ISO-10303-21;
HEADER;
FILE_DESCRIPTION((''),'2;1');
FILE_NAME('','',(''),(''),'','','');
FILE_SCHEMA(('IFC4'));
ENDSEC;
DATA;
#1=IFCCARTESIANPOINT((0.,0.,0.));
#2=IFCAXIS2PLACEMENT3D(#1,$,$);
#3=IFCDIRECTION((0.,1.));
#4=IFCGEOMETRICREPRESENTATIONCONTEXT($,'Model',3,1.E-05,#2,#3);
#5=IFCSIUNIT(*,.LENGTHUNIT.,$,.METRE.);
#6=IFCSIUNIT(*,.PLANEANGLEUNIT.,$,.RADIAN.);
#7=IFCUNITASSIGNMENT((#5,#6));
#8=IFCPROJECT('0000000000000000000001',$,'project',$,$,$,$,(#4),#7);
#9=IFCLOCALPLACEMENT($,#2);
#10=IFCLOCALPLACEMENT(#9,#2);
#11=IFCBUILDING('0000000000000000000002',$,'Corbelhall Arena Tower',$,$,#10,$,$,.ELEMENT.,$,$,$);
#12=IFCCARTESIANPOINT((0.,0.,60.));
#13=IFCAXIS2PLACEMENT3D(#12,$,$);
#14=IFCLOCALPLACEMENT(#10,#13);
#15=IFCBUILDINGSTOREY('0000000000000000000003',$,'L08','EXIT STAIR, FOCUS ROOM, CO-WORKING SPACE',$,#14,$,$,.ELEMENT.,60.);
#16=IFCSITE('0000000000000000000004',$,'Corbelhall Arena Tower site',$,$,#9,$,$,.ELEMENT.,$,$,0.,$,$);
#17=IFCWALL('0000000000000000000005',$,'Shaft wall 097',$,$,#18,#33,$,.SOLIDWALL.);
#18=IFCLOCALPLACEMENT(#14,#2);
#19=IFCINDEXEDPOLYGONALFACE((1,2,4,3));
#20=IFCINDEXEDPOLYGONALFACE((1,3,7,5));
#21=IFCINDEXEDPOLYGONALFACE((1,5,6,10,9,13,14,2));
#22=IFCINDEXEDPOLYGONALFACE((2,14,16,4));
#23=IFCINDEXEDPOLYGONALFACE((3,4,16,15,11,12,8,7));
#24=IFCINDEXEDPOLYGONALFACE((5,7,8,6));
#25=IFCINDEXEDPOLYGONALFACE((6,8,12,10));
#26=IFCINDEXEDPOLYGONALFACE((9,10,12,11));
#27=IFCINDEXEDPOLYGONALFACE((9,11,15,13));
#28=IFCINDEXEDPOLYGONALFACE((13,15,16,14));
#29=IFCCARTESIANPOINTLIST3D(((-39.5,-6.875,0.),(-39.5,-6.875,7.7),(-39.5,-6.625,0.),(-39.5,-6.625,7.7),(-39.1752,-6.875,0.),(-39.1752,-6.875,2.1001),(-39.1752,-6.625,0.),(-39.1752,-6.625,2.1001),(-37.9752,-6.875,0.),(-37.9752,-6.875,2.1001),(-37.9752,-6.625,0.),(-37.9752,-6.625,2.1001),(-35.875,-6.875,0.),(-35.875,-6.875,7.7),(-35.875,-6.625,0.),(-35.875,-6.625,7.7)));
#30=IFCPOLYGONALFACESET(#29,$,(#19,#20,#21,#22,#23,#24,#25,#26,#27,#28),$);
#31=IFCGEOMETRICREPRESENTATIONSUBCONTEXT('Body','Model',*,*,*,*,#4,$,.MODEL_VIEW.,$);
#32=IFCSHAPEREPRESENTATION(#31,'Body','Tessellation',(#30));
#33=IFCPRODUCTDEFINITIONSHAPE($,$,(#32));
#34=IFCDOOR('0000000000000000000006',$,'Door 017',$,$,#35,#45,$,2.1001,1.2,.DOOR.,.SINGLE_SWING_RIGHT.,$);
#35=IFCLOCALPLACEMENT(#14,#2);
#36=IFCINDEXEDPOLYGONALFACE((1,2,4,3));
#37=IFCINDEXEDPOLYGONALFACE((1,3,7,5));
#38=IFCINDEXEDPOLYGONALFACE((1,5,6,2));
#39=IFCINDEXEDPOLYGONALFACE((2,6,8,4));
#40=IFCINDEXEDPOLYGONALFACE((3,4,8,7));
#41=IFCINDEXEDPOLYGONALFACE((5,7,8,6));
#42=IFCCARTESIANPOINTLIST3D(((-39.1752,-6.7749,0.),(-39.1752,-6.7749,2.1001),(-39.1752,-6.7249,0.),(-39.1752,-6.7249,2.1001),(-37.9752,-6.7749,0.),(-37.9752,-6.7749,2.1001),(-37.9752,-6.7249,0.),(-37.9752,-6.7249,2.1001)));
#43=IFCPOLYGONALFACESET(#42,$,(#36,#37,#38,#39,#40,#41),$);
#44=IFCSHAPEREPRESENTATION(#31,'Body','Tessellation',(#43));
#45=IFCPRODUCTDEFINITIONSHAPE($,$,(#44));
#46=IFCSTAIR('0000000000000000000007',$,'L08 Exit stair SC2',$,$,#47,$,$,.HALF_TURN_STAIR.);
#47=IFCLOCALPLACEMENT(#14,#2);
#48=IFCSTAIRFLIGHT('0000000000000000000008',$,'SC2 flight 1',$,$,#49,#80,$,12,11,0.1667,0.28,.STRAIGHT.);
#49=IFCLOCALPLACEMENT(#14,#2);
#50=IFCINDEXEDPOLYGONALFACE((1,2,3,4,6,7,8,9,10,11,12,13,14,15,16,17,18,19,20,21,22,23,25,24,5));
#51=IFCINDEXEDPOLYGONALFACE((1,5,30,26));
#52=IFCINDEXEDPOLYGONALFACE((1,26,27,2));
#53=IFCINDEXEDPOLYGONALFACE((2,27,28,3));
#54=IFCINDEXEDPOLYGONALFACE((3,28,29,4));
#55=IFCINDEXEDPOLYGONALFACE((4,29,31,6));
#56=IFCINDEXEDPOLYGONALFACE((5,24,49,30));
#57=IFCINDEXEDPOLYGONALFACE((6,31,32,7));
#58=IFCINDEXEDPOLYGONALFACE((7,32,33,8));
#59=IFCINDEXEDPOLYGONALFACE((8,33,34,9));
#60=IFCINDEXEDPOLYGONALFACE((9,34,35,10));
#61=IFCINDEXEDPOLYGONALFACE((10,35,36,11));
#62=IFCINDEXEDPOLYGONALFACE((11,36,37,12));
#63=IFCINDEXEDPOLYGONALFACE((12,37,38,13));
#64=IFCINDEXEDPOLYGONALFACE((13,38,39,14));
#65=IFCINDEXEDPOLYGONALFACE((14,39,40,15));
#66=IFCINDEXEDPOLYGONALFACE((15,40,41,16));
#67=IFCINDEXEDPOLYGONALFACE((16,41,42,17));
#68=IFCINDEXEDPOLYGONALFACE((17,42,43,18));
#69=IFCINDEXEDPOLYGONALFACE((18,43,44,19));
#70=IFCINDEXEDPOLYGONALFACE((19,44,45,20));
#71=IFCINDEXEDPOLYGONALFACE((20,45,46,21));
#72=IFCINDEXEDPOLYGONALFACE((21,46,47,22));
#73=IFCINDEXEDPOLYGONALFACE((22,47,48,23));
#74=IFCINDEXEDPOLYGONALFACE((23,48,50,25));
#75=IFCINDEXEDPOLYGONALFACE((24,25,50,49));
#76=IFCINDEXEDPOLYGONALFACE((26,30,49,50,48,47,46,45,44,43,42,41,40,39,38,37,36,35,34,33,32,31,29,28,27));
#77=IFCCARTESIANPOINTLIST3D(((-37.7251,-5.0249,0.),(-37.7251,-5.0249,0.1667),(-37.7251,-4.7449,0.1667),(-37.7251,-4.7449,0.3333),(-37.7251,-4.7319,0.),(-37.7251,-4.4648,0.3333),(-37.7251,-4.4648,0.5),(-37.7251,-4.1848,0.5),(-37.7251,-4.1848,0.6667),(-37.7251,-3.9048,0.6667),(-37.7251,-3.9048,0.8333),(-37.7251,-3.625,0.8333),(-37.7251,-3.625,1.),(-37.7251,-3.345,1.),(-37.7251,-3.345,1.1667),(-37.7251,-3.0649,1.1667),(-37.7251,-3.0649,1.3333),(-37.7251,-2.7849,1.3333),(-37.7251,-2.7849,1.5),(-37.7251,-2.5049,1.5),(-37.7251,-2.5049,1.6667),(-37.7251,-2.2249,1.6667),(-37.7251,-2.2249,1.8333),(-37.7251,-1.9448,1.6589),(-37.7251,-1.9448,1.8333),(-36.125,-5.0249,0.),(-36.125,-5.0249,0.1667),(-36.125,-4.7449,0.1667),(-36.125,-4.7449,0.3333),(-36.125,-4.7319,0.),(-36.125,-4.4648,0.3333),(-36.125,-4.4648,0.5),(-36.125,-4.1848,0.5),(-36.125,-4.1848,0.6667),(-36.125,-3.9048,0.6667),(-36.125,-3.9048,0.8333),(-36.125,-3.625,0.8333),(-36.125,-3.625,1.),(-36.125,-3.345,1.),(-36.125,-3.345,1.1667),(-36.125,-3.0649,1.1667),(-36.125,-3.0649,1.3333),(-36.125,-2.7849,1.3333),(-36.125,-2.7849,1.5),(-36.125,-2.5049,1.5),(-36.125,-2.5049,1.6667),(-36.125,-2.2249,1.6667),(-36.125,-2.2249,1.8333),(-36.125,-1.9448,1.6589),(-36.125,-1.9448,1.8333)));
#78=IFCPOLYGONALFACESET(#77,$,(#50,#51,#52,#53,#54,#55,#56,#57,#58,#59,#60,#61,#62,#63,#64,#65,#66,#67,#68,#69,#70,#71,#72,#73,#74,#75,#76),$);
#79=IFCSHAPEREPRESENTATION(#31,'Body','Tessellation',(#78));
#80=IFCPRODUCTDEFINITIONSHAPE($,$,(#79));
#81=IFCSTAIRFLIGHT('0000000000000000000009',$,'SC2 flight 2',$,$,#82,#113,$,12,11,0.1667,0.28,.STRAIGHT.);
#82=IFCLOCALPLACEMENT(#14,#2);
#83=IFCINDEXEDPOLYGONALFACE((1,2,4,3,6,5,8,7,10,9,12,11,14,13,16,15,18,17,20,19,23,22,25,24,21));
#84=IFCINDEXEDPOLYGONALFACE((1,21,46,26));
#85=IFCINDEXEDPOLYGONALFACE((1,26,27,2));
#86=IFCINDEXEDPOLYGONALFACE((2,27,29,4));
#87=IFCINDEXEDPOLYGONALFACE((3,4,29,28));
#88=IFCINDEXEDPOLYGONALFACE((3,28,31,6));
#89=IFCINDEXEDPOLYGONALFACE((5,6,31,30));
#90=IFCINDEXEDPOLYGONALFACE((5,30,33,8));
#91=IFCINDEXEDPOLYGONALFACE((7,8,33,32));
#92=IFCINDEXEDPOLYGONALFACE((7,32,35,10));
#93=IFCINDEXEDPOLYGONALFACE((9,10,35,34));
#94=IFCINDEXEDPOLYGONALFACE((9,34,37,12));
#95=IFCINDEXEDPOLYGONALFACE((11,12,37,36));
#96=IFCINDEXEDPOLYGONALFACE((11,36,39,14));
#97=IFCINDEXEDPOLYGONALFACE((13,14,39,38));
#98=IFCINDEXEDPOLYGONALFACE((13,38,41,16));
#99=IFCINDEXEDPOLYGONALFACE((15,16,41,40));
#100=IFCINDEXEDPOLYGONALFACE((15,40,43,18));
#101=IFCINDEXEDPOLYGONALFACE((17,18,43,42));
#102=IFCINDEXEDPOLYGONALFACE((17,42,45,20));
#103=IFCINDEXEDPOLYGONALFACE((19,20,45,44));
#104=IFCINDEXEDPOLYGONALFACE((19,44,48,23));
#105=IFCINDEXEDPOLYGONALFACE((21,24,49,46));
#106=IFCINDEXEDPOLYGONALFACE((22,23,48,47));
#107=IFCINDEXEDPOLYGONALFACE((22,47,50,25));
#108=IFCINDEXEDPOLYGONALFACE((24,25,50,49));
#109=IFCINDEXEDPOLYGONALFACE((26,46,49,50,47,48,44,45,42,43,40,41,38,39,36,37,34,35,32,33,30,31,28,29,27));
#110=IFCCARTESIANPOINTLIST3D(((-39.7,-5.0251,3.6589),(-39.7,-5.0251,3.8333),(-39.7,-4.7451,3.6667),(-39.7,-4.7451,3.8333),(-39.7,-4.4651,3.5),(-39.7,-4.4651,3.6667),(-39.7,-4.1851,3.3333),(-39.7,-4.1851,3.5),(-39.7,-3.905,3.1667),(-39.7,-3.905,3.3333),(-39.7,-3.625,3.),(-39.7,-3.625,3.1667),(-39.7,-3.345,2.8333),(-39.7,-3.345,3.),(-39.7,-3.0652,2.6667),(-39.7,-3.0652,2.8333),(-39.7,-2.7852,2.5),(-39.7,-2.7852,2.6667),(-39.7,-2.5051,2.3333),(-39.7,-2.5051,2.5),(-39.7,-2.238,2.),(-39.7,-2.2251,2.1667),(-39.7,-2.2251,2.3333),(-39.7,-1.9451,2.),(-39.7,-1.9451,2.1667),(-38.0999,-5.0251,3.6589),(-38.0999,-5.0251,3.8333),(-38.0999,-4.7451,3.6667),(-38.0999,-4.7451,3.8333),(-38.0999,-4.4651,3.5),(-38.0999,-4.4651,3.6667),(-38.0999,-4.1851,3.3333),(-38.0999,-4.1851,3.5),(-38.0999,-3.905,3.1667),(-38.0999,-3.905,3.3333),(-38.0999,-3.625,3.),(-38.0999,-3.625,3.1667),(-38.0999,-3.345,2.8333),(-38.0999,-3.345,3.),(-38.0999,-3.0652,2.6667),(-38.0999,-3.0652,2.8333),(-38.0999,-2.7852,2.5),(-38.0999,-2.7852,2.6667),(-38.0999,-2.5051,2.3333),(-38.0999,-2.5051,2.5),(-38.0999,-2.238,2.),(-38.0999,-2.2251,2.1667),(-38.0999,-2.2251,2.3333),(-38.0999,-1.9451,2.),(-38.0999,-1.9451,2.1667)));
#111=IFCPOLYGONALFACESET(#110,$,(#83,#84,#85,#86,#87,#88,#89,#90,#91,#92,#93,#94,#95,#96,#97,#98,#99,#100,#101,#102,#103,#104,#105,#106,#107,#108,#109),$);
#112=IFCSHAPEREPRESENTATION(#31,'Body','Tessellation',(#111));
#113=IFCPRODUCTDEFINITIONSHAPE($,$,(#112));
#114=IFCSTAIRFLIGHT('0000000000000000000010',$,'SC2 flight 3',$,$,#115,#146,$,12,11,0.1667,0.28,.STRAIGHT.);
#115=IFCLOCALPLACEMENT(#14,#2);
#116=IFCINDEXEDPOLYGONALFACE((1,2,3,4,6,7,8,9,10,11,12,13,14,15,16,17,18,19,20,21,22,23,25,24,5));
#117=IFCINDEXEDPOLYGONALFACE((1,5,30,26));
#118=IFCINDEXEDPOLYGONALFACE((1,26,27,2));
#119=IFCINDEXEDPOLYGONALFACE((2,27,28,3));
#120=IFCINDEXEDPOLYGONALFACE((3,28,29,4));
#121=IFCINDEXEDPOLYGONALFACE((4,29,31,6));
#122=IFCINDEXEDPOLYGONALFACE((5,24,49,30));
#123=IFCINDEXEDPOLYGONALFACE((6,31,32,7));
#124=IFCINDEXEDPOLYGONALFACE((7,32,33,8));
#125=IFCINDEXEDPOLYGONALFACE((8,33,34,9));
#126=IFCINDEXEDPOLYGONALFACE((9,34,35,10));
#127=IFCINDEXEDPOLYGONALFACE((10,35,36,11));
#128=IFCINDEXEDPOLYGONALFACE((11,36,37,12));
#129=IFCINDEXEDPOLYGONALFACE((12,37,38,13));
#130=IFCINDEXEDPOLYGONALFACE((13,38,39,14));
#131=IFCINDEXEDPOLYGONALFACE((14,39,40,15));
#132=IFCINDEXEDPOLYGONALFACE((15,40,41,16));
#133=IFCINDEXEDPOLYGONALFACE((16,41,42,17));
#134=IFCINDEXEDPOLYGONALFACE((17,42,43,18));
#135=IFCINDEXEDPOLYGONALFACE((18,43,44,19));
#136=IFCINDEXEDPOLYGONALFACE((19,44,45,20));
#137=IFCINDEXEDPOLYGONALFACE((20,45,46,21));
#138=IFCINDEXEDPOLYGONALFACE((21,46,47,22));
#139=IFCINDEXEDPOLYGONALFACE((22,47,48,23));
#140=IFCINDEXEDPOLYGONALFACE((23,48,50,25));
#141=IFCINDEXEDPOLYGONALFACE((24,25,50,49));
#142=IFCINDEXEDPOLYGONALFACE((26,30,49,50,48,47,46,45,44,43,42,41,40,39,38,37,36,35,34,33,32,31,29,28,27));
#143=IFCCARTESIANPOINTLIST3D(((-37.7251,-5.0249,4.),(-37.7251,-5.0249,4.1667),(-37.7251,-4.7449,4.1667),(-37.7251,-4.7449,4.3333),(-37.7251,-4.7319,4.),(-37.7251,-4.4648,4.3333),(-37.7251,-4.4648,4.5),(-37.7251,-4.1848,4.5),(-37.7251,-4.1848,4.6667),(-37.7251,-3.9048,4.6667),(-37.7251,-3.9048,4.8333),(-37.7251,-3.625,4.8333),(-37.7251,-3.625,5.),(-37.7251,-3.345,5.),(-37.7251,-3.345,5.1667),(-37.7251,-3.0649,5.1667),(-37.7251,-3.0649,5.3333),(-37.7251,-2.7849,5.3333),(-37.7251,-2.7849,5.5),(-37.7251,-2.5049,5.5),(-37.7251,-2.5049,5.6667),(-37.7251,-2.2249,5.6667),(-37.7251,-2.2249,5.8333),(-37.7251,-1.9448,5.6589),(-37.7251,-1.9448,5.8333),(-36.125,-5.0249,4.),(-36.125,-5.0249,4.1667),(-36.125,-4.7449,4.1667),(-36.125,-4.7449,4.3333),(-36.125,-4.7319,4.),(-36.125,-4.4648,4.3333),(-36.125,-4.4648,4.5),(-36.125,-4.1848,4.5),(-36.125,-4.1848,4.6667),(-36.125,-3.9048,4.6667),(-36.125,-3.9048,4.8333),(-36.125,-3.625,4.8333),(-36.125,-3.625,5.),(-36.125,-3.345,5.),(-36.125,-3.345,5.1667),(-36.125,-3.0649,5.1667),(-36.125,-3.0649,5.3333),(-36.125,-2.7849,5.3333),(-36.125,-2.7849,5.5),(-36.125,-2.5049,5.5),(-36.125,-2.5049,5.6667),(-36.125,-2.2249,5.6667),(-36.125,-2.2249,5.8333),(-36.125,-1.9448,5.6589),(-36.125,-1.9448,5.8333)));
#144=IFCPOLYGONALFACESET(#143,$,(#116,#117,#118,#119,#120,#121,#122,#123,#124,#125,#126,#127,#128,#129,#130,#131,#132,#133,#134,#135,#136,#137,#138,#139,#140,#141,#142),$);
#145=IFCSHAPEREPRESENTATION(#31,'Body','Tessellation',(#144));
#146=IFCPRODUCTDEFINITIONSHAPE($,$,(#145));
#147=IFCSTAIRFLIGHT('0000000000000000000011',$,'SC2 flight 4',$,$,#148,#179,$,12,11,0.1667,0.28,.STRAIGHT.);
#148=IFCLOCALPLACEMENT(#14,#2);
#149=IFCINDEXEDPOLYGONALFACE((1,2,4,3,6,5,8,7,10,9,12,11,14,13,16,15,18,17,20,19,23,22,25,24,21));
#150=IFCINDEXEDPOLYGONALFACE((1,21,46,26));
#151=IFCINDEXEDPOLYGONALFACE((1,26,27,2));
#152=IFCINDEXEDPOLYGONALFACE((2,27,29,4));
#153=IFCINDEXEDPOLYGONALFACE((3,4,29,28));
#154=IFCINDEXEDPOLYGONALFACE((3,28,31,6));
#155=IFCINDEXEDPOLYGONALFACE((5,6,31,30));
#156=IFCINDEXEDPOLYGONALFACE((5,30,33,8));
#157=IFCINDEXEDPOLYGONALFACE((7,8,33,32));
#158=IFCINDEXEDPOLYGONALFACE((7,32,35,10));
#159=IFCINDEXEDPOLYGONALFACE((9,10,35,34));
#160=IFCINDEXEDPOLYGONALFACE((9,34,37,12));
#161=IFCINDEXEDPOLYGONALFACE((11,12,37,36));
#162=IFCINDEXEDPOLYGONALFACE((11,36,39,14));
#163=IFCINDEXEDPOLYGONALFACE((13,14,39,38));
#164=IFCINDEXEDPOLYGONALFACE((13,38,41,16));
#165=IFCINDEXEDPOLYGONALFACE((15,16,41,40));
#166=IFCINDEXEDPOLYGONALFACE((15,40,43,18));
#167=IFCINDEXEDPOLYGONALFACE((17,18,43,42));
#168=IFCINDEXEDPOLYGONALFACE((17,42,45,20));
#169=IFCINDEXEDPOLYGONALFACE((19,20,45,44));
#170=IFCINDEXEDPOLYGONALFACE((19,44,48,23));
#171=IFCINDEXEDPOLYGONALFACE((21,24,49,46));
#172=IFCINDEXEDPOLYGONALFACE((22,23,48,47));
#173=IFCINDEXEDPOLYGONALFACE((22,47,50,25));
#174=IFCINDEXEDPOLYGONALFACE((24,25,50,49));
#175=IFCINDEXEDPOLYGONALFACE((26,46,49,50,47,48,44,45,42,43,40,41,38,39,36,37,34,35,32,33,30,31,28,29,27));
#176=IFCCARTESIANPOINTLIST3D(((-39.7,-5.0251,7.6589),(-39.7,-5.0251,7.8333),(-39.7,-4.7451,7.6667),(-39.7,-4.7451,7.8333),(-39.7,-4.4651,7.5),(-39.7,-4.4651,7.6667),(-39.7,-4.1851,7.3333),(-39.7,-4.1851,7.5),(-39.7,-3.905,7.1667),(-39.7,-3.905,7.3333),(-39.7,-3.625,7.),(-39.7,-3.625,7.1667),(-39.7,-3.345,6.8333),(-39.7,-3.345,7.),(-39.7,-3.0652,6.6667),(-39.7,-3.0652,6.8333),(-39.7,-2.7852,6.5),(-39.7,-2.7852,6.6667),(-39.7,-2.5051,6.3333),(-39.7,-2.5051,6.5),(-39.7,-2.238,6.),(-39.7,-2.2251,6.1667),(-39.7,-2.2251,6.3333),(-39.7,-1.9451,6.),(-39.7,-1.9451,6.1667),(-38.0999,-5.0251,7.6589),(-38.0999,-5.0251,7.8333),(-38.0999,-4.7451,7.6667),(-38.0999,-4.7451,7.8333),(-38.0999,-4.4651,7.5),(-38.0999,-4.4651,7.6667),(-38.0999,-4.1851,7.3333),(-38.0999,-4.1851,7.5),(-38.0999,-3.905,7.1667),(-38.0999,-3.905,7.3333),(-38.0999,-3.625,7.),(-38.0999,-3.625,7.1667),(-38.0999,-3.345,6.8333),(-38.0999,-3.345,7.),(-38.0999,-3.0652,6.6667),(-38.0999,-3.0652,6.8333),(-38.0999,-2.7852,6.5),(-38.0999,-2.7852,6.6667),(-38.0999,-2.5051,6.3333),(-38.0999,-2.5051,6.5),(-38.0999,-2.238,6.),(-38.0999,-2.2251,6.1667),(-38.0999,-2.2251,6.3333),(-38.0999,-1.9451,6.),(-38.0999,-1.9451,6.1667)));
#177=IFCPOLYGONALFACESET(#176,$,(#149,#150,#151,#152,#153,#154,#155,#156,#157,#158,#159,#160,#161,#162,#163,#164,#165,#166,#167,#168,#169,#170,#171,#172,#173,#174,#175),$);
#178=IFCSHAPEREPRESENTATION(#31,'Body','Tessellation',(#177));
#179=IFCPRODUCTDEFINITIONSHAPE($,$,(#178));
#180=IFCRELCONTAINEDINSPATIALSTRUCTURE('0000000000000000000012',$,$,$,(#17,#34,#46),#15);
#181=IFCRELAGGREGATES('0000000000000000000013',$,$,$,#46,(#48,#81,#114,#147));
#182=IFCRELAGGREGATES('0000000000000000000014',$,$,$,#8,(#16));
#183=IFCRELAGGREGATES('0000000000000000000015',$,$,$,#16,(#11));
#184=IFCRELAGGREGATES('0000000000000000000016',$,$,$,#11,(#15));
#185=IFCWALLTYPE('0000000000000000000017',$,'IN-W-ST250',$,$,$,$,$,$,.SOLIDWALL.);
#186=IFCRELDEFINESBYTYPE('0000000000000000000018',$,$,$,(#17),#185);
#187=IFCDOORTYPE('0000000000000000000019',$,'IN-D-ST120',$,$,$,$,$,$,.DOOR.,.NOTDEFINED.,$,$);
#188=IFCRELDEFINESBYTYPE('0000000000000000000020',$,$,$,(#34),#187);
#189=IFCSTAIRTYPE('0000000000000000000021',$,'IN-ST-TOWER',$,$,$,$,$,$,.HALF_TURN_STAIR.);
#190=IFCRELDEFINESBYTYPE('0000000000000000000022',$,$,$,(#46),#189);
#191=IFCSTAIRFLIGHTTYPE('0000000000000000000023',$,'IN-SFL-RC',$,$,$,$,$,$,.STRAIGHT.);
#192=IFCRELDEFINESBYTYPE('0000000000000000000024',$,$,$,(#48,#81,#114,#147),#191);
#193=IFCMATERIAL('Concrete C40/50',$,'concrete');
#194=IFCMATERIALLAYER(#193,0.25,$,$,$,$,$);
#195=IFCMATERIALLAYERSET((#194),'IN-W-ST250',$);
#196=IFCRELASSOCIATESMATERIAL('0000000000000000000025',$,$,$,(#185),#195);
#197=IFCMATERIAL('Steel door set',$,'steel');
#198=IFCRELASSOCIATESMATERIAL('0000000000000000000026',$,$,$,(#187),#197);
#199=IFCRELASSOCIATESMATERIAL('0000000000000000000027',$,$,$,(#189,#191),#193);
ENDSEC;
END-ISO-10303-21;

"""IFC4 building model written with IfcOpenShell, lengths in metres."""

from ifc_helpers import new_model, si_unit, direction, frame, frame_2d, origin, place, context, subcontext, project, spatial, polyline, rectangle, outline, extrude, material, layer, layer_set, type_object, element, fill, aggregate, save


model = new_model("IFC4")

# Units and contexts
model_context = context("Model", 3, precision=1e-05, world=origin(), true_north=direction((0.0, 1.0)))
body_context = subcontext(model_context, "Body", "Model", "MODEL_VIEW")
ifc_project = project(units=[si_unit("LENGTHUNIT", "METRE"), si_unit("PLANEANGLEUNIT", "RADIAN")], contexts=[model_context])

# Site, building, storey
site_placement = place(None, origin())
site = spatial("IfcSite", under=ifc_project, at=site_placement, Name="Corbelhall Arena Tower site", CompositionType="ELEMENT", RefElevation=0.0)
building_placement = place(site_placement, origin())
building = spatial("IfcBuilding", under=site, at=building_placement, Name="Corbelhall Arena Tower", CompositionType="ELEMENT")
storey_placement = place(building_placement, frame((0.0, 0.0, 60.0)))
storey = spatial("IfcBuildingStorey", under=building, at=storey_placement, Name="L08", Description="EXIT STAIR, FOCUS ROOM, CO-WORKING SPACE", CompositionType="ELEMENT", Elevation=60.0)

# Shared definitions
ifc_material_1 = material(Name="Concrete C40/50", Category="concrete")

# Wall, opening, door
ifc_layer_1 = layer(ifc_material_1, 0.25)
ifc_layer_set_1 = layer_set([ifc_layer_1], Name="IN-W-ST250")
wall_type_1 = type_object("IfcWallType", Name="IN-W-ST250", PredefinedType="SOLIDWALL", material=ifc_layer_set_1)
wall_1_placement = place(storey_placement, frame((-35.875, -6.75, 0.0), z_axis=(0.0, 0.0, 1.0), x_axis=(-1.0, 0.0, 0.0)))
wall_1 = element("IfcWall", 1, at=wall_1_placement, inside=storey, type_object=wall_type_1, Name="Shaft wall 097", PredefinedType="SOLIDWALL", context=body_context, shape_type="SweptSolid", body=[
    extrude(rectangle(XDim=3.625, YDim=0.25, at=frame_2d((1.8125, 0.0))), origin(), (0.0, 0.0, 1.0), 7.7),
])
opening_placement = place(wall_1_placement, frame((2.1001, 0.0, 0.0)))
opening = element("IfcOpeningElement", 2, at=opening_placement, cuts=wall_1, PredefinedType="OPENING", context=body_context, shape_type="SweptSolid", body=[
    extrude(rectangle(XDim=1.2, YDim=2.1001, at=frame_2d((0.6001, 1.05))), frame((0.0, 0.125, 0.0), z_axis=(0.0, -1.0, 0.0), x_axis=(1.0, 0.0, 0.0)), (0.0, 0.0, 1.0), 0.25),
])
ifc_material_2 = material(Name="Steel door set", Category="steel")
door_type = type_object("IfcDoorType", Name="IN-D-ST120", OperationType="NOTDEFINED", PredefinedType="DOOR", material=ifc_material_2)
door_placement = place(opening_placement, origin())
door = element("IfcDoor", 3, at=door_placement, inside=storey, type_object=door_type, Name="Door 017", OperationType="SINGLE_SWING_RIGHT", OverallHeight=2.1001, OverallWidth=1.2, PredefinedType="DOOR", context=body_context, shape_type="SweptSolid", body=[
    extrude(rectangle(XDim=1.2, YDim=2.1001, at=frame_2d((0.6001, 1.05))), frame((0.0, 0.0249, 0.0), z_axis=(0.0, -1.0, 0.0), x_axis=(1.0, 0.0, 0.0)), (0.0, 0.0, 1.0), 0.05),
])
fill(opening, door)

# Stair, stair flights
stair_type = type_object("IfcStairType", Name="IN-ST-TOWER", PredefinedType="HALF_TURN_STAIR", material=ifc_material_1)
stair_placement = place(storey_placement, origin())
stair = element("IfcStair", 4, at=stair_placement, inside=storey, type_object=stair_type, Name="L08 Exit stair SC2", PredefinedType="HALF_TURN_STAIR")
stair_flight_type = type_object("IfcStairFlightType", Name="IN-SFL-RC", PredefinedType="STRAIGHT", material=ifc_material_1)
stair_flight_1_placement = place(storey_placement, frame((-36.925, -5.0249, 0.0), z_axis=(0.0, 0.0, 1.0), x_axis=(0.0, 1.0, 0.0)))
stair_flight_1 = element("IfcStairFlight", 5, at=stair_flight_1_placement, type_object=stair_flight_type, Name="SC2 flight 1", NumberOfRisers=12, NumberOfTreads=11, PredefinedType="STRAIGHT", RiserHeight=0.1667, TreadLength=0.28, context=body_context, shape_type="SweptSolid", body=[
    extrude(outline(polyline([(0.0, 0.0), (0.0, 0.1667), (0.28, 0.1667), (0.28, 0.3333), (0.5601, 0.3333), (0.5601, 0.5), (0.8401, 0.5), (0.8401, 0.6667), (1.1201, 0.6667), (1.1201, 0.8333), (1.3999, 0.8333), (1.3999, 1.0), (1.6799, 1.0), (1.6799, 1.1667), (1.96, 1.1667), (1.96, 1.3333), (2.24, 1.3333), (2.24, 1.5), (2.52, 1.5), (2.52, 1.6667), (2.8, 1.6667), (2.8, 1.8333), (3.0801, 1.8333), (3.0801, 2.0), (3.0801, 1.6589), (0.293, 0.0), (0.0, 0.0)])), frame((0.0, 0.8, 0.0), z_axis=(0.0, -1.0, 0.0), x_axis=(1.0, 0.0, 0.0)), (0.0, 0.0, 1.0), 1.6001),
])
stair_flight_2_placement = place(storey_placement, frame((-38.8999, -1.9451, 2.0), z_axis=(0.0, 0.0, 1.0), x_axis=(0.0, -1.0, 0.0)))
stair_flight_2 = element("IfcStairFlight", 6, at=stair_flight_2_placement, type_object=stair_flight_type, Name="SC2 flight 2", NumberOfRisers=12, NumberOfTreads=11, PredefinedType="STRAIGHT", RiserHeight=0.1667, TreadLength=0.28, context=body_context, shape_type="SweptSolid", body=[
    extrude(outline(polyline([(0.0, 0.0), (0.0, 0.1667), (0.28, 0.1667), (0.28, 0.3333), (0.5601, 0.3333), (0.5601, 0.5), (0.8401, 0.5), (0.8401, 0.6667), (1.1201, 0.6667), (1.1201, 0.8333), (1.3999, 0.8333), (1.3999, 1.0), (1.6799, 1.0), (1.6799, 1.1667), (1.96, 1.1667), (1.96, 1.3333), (2.24, 1.3333), (2.24, 1.5), (2.52, 1.5), (2.52, 1.6667), (2.8, 1.6667), (2.8, 1.8333), (3.0801, 1.8333), (3.0801, 2.0), (3.0801, 1.6589), (0.293, 0.0), (0.0, 0.0)])), frame((0.0, 0.8, 0.0), z_axis=(0.0, -1.0, 0.0), x_axis=(1.0, 0.0, 0.0)), (0.0, 0.0, 1.0), 1.6001),
])
stair_flight_3_placement = place(storey_placement, frame((-36.925, -5.0249, 4.0), z_axis=(0.0, 0.0, 1.0), x_axis=(0.0, 1.0, 0.0)))
stair_flight_3 = element("IfcStairFlight", 7, at=stair_flight_3_placement, type_object=stair_flight_type, Name="SC2 flight 3", NumberOfRisers=12, NumberOfTreads=11, PredefinedType="STRAIGHT", RiserHeight=0.1667, TreadLength=0.28, context=body_context, shape_type="SweptSolid", body=[
    extrude(outline(polyline([(0.0, 0.0), (0.0, 0.1667), (0.28, 0.1667), (0.28, 0.3333), (0.5601, 0.3333), (0.5601, 0.5), (0.8401, 0.5), (0.8401, 0.6667), (1.1201, 0.6667), (1.1201, 0.8333), (1.3999, 0.8333), (1.3999, 1.0), (1.6799, 1.0), (1.6799, 1.1667), (1.96, 1.1667), (1.96, 1.3333), (2.24, 1.3333), (2.24, 1.5), (2.52, 1.5), (2.52, 1.6667), (2.8, 1.6667), (2.8, 1.8333), (3.0801, 1.8333), (3.0801, 2.0), (3.0801, 1.6589), (0.293, 0.0), (0.0, 0.0)])), frame((0.0, 0.8, 0.0), z_axis=(0.0, -1.0, 0.0), x_axis=(1.0, 0.0, 0.0)), (0.0, 0.0, 1.0), 1.6001),
])
stair_flight_4_placement = place(storey_placement, frame((-38.8999, -1.9451, 6.0), z_axis=(0.0, 0.0, 1.0), x_axis=(0.0, -1.0, 0.0)))
stair_flight_4 = element("IfcStairFlight", 8, at=stair_flight_4_placement, type_object=stair_flight_type, Name="SC2 flight 4", NumberOfRisers=12, NumberOfTreads=11, PredefinedType="STRAIGHT", RiserHeight=0.1667, TreadLength=0.28, context=body_context, shape_type="SweptSolid", body=[
    extrude(outline(polyline([(0.0, 0.0), (0.0, 0.1667), (0.28, 0.1667), (0.28, 0.3333), (0.5601, 0.3333), (0.5601, 0.5), (0.8401, 0.5), (0.8401, 0.6667), (1.1201, 0.6667), (1.1201, 0.8333), (1.3999, 0.8333), (1.3999, 1.0), (1.6799, 1.0), (1.6799, 1.1667), (1.96, 1.1667), (1.96, 1.3333), (2.24, 1.3333), (2.24, 1.5), (2.52, 1.5), (2.52, 1.6667), (2.8, 1.6667), (2.8, 1.8333), (3.0801, 1.8333), (3.0801, 2.0), (3.0801, 1.6589), (0.293, 0.0), (0.0, 0.0)])), frame((0.0, 0.8, 0.0), z_axis=(0.0, -1.0, 0.0), x_axis=(1.0, 0.0, 0.0)), (0.0, 0.0, 1.0), 1.6001),
])
aggregate(stair, [stair_flight_1, stair_flight_2, stair_flight_3, stair_flight_4])

save(model, "model.ifc")
